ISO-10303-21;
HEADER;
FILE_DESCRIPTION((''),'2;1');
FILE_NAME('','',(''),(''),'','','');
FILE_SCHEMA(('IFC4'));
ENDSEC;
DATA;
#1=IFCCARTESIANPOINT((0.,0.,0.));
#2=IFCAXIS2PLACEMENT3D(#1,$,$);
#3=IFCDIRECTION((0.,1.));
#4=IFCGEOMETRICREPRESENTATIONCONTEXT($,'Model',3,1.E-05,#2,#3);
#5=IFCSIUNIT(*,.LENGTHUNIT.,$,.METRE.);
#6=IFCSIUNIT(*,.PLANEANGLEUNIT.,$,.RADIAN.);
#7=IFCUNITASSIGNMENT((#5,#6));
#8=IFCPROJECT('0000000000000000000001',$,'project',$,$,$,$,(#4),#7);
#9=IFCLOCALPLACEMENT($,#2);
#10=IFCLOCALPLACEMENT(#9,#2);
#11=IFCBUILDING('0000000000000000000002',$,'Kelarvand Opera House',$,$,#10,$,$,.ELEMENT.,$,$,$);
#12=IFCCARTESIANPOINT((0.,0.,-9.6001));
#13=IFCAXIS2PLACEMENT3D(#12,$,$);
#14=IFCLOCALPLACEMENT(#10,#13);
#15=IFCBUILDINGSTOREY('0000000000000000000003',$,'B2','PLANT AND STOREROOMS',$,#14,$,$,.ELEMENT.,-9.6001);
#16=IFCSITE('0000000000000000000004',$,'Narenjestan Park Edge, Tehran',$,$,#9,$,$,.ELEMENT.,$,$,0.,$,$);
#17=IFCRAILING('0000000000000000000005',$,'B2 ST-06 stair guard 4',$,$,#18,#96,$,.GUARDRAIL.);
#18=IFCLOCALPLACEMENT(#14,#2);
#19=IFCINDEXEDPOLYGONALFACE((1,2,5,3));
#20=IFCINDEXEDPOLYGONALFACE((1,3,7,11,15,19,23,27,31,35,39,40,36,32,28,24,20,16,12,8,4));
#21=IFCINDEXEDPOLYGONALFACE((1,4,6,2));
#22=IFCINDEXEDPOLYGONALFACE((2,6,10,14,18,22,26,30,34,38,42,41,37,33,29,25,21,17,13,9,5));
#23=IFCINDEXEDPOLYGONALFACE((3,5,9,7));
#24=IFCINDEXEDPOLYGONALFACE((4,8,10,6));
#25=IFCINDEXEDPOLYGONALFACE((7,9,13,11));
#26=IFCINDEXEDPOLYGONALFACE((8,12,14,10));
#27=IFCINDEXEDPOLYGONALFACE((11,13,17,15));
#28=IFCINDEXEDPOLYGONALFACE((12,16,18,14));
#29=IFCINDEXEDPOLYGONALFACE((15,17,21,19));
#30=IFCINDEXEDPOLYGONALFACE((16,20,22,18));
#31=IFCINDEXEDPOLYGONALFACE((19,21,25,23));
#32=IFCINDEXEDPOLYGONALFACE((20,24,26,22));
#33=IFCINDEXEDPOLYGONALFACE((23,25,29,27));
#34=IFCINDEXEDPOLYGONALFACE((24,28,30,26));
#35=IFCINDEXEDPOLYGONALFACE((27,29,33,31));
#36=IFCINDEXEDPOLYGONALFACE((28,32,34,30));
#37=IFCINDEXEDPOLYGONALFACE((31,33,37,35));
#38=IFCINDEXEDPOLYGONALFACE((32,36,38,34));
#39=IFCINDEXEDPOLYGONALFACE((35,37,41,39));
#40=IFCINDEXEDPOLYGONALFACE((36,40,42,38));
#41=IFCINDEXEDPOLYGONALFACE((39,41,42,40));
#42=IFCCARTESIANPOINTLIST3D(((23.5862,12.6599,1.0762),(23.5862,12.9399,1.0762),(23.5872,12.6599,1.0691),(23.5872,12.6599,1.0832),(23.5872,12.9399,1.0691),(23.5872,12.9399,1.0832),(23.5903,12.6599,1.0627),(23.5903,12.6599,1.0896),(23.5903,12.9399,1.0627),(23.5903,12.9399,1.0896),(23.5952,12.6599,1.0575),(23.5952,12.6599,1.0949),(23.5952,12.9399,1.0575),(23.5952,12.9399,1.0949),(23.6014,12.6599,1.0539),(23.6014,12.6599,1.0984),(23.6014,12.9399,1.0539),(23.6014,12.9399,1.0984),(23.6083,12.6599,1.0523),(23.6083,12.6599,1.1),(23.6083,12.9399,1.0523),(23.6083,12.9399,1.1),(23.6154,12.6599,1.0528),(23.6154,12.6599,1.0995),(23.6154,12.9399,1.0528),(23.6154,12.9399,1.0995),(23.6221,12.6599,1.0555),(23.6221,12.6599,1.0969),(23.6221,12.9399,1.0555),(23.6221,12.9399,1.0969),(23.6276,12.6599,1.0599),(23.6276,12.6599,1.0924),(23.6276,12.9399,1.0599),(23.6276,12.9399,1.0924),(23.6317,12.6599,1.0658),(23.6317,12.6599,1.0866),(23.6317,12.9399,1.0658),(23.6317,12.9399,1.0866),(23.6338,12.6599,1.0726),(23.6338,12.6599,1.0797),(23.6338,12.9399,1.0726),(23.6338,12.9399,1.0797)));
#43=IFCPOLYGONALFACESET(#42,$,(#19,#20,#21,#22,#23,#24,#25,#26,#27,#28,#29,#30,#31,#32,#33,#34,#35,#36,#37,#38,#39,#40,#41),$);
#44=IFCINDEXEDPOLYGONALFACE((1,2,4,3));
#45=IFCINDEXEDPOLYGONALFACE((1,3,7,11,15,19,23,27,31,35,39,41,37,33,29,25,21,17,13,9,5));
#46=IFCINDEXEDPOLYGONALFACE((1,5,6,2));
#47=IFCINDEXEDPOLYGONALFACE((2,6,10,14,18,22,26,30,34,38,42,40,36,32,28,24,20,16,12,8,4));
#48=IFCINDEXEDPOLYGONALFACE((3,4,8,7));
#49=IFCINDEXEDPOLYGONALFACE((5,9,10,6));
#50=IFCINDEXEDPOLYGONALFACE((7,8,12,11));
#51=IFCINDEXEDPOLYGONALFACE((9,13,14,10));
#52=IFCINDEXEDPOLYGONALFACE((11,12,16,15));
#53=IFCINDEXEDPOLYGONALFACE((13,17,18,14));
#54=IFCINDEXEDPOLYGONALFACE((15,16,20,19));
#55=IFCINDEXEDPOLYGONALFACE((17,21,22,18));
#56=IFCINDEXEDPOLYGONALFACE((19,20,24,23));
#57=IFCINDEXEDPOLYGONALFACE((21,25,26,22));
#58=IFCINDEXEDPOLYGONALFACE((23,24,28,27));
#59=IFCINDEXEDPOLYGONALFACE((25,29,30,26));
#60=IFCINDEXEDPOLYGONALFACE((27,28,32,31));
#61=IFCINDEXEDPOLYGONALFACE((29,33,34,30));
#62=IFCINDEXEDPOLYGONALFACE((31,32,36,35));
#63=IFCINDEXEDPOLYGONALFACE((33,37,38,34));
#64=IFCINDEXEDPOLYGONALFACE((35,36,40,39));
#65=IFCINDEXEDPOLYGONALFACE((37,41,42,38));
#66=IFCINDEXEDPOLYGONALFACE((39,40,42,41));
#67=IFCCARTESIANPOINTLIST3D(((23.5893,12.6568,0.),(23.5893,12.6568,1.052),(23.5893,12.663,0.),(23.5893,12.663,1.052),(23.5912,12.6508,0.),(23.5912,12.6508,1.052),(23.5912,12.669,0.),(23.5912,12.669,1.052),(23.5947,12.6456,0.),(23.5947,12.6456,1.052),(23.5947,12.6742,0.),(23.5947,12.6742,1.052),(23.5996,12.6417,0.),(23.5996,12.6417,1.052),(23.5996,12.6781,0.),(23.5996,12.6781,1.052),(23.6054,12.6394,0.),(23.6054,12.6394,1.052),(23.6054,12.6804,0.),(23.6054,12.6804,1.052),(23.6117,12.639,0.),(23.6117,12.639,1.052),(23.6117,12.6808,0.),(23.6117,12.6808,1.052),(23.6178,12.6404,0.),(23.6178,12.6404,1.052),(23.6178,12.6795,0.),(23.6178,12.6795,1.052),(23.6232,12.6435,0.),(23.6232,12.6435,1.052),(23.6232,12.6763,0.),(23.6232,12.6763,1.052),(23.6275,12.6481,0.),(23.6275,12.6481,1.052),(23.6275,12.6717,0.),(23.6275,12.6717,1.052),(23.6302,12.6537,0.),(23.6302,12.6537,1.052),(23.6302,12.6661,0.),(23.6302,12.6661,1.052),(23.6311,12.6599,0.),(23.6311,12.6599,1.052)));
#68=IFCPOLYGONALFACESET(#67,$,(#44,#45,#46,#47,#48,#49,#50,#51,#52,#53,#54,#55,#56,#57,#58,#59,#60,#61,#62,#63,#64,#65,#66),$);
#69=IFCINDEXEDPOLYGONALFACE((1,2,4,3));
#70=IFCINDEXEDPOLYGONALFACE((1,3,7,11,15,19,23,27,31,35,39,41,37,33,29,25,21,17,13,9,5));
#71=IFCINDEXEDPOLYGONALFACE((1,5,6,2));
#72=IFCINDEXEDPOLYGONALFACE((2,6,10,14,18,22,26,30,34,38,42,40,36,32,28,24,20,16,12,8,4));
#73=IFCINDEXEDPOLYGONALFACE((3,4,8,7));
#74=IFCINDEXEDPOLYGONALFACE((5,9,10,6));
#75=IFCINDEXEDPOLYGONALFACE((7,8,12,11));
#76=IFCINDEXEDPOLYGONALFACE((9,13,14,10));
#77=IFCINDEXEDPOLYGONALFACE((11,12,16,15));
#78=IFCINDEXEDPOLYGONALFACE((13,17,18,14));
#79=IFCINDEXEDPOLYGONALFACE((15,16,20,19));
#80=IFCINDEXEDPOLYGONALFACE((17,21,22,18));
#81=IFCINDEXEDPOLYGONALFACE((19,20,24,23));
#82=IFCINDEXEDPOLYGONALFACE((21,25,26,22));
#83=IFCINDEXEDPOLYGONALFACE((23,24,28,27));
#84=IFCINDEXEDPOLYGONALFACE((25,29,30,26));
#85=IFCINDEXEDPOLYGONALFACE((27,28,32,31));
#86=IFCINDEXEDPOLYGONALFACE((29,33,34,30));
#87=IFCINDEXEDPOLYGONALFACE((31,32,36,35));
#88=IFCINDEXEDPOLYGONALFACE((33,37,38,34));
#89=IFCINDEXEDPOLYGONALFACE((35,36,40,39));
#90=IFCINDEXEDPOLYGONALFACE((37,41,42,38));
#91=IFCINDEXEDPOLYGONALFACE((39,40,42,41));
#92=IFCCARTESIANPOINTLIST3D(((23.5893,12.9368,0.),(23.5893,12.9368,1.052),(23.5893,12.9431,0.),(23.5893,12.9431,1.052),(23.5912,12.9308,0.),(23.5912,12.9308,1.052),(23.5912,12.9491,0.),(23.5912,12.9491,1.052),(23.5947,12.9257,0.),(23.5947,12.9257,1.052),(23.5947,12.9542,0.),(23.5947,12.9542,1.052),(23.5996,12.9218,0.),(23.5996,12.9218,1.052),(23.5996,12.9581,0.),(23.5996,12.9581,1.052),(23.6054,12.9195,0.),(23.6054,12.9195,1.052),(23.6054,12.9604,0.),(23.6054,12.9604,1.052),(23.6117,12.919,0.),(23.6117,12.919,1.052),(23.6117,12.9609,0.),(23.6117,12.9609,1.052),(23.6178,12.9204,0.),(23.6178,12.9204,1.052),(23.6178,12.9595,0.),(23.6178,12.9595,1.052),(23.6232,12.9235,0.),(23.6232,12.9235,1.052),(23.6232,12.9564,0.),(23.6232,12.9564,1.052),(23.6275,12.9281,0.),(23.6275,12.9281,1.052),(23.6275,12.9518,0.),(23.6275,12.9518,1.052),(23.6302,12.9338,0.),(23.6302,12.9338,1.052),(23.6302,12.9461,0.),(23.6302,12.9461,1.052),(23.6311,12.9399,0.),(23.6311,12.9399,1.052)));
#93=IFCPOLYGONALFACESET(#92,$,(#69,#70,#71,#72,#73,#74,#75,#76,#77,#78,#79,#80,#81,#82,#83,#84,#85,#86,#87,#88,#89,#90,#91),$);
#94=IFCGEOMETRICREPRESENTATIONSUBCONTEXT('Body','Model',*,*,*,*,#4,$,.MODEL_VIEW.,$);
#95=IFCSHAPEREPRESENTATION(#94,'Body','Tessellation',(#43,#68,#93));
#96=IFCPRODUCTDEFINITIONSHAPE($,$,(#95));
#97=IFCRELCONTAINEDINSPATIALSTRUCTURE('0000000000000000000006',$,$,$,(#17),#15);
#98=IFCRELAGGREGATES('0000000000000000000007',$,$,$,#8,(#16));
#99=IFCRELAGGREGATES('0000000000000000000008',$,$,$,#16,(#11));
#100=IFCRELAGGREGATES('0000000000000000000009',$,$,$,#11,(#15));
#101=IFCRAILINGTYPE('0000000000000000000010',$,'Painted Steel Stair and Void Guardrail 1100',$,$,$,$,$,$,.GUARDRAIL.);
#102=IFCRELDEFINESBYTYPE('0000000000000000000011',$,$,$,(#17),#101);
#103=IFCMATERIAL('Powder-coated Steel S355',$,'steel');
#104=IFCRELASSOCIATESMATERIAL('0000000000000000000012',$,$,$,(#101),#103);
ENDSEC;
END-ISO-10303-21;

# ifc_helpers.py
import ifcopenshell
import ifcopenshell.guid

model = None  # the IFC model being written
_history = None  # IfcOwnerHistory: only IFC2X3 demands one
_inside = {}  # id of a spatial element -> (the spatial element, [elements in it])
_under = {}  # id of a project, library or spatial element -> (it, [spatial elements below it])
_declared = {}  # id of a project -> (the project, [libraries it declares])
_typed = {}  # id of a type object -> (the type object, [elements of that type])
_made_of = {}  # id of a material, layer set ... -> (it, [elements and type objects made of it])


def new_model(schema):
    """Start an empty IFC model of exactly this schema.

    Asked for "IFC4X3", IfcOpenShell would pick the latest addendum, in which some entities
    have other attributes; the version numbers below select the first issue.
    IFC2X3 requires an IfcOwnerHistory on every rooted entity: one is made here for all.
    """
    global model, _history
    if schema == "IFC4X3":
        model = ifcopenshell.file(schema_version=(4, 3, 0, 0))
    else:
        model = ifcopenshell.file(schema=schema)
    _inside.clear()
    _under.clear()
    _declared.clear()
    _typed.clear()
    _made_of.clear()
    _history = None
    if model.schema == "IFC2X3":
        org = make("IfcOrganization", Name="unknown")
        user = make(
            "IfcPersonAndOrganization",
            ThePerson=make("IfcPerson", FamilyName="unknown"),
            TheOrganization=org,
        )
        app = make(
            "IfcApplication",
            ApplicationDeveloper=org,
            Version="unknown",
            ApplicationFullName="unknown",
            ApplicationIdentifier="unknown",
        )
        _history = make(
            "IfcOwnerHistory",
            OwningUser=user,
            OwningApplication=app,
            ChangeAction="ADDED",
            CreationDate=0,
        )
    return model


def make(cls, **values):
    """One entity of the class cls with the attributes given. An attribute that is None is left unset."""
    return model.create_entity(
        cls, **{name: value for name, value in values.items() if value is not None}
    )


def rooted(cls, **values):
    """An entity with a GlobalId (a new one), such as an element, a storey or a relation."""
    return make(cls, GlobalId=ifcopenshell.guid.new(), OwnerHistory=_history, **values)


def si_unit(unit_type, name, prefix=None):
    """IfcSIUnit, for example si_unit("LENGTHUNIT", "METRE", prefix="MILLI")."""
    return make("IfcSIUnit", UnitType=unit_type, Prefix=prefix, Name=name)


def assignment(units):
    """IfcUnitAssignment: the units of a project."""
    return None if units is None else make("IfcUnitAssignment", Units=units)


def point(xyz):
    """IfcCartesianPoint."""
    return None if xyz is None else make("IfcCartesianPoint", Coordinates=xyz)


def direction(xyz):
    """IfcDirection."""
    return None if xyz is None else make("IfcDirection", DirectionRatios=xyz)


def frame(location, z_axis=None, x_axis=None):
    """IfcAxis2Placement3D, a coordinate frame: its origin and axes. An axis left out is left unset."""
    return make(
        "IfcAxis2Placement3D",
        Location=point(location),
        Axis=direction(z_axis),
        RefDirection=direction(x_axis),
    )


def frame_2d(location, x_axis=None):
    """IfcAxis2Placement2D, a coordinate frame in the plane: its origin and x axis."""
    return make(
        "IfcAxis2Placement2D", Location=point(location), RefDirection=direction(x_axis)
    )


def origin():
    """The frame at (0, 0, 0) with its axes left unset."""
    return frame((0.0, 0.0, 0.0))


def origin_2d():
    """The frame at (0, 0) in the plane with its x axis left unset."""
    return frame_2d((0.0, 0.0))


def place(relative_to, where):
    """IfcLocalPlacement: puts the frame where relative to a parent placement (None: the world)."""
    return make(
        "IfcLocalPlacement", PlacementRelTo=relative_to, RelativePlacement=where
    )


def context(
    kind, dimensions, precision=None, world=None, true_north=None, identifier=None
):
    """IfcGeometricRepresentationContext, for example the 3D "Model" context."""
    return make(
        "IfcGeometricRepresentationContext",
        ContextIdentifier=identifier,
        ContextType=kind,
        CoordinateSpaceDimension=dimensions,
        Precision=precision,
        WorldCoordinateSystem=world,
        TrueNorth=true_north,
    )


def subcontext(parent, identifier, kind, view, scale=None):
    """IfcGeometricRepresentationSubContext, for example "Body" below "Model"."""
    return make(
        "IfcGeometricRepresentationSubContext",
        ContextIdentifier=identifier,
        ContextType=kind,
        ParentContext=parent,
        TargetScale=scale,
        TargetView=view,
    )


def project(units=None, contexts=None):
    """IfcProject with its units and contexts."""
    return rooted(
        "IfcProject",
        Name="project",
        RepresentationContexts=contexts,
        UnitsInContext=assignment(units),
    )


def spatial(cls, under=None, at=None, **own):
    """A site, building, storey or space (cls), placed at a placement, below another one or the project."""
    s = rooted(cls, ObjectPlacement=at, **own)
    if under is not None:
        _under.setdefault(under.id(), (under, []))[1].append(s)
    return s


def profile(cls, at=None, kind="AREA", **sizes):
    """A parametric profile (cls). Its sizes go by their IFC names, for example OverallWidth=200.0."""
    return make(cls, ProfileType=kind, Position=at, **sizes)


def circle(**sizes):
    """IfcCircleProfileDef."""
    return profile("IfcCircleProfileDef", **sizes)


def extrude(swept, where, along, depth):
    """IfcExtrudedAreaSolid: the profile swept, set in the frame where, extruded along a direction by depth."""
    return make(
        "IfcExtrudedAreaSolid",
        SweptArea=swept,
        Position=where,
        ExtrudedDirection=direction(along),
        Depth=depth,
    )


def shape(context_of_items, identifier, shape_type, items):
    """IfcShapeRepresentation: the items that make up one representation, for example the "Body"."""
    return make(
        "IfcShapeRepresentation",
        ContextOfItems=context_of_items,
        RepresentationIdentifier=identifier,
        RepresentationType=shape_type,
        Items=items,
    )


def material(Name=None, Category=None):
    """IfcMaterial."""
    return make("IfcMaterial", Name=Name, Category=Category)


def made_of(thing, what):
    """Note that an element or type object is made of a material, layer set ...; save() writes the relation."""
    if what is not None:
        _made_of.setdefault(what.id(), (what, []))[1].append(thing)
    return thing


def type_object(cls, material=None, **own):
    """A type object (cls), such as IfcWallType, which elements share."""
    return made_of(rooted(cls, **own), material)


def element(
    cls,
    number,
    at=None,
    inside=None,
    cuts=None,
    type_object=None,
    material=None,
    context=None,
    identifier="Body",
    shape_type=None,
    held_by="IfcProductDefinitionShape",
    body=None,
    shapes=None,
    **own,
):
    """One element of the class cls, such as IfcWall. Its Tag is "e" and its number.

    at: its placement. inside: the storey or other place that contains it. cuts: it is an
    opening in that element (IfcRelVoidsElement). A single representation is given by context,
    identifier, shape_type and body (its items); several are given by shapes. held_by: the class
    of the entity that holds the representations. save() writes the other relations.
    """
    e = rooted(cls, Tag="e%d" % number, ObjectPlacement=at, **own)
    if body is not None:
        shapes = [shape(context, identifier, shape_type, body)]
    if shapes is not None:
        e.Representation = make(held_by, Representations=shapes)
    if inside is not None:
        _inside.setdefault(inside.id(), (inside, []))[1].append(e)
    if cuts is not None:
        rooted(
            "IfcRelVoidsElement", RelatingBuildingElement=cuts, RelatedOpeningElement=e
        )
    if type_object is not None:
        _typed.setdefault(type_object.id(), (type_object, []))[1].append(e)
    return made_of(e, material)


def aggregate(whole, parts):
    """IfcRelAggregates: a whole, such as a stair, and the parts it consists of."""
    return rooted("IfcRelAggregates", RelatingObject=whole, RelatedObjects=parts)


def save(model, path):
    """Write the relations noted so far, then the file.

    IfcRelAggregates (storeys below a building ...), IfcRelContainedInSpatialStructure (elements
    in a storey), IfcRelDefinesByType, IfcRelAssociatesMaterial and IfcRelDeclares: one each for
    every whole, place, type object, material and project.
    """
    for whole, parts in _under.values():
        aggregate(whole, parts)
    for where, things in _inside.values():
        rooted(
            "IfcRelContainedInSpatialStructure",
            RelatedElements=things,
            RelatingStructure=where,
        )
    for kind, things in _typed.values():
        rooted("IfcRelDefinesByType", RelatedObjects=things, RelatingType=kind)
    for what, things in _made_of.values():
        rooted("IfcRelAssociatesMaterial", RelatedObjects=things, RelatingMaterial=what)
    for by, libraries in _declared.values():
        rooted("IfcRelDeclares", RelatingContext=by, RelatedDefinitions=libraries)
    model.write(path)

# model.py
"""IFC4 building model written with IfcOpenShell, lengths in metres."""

from ifc_helpers import new_model, si_unit, direction, frame, origin, origin_2d, place, context, subcontext, project, spatial, circle, extrude, material, type_object, element, save


model = new_model("IFC4")

# Units and contexts
model_context = context("Model", 3, precision=1e-05, world=origin(), true_north=direction((0.0, 1.0)))
body_context = subcontext(model_context, "Body", "Model", "MODEL_VIEW")
ifc_project = project(units=[si_unit("LENGTHUNIT", "METRE"), si_unit("PLANEANGLEUNIT", "RADIAN")], contexts=[model_context])

# Site, building, storey
site_placement = place(None, origin())
site = spatial("IfcSite", under=ifc_project, at=site_placement, Name="Narenjestan Park Edge, Tehran", CompositionType="ELEMENT", RefElevation=0.0)
building_placement = place(site_placement, origin())
building = spatial("IfcBuilding", under=site, at=building_placement, Name="Kelarvand Opera House", CompositionType="ELEMENT")
storey_placement = place(building_placement, frame((0.0, 0.0, -9.6001)))
storey = spatial("IfcBuildingStorey", under=building, at=storey_placement, Name="B2", Description="PLANT AND STOREROOMS", CompositionType="ELEMENT", Elevation=-9.6001)

# Railing
ifc_material_1 = material(Name="Powder-coated Steel S355", Category="steel")
railing_type_1 = type_object("IfcRailingType", Name="Painted Steel Stair and Void Guardrail 1100", PredefinedType="GUARDRAIL", material=ifc_material_1)
railing_1_placement = place(storey_placement, frame((23.6101, 12.6599, 0.0)))
element("IfcRailing", 1, at=railing_1_placement, inside=storey, type_object=railing_type_1, Name="B2 ST-06 stair guard 4", PredefinedType="GUARDRAIL", context=body_context, shape_type="SweptSolid", body=[
    extrude(circle(Radius=0.0239, at=origin_2d()), frame((0.0, 0.0, 1.0762), z_axis=(0.0, 1.0, 0.0), x_axis=(-1.0, 0.0, 0.0)), (0.0, 0.0, 1.0), 0.28),
    extrude(circle(Radius=0.021, at=origin_2d()), origin(), (0.0, 0.0, 1.0), 1.052),
    extrude(circle(Radius=0.021, at=origin_2d()), frame((0.0, 0.28, 0.0)), (0.0, 0.0, 1.0), 1.052),
])

save(model, "model.ifc")
